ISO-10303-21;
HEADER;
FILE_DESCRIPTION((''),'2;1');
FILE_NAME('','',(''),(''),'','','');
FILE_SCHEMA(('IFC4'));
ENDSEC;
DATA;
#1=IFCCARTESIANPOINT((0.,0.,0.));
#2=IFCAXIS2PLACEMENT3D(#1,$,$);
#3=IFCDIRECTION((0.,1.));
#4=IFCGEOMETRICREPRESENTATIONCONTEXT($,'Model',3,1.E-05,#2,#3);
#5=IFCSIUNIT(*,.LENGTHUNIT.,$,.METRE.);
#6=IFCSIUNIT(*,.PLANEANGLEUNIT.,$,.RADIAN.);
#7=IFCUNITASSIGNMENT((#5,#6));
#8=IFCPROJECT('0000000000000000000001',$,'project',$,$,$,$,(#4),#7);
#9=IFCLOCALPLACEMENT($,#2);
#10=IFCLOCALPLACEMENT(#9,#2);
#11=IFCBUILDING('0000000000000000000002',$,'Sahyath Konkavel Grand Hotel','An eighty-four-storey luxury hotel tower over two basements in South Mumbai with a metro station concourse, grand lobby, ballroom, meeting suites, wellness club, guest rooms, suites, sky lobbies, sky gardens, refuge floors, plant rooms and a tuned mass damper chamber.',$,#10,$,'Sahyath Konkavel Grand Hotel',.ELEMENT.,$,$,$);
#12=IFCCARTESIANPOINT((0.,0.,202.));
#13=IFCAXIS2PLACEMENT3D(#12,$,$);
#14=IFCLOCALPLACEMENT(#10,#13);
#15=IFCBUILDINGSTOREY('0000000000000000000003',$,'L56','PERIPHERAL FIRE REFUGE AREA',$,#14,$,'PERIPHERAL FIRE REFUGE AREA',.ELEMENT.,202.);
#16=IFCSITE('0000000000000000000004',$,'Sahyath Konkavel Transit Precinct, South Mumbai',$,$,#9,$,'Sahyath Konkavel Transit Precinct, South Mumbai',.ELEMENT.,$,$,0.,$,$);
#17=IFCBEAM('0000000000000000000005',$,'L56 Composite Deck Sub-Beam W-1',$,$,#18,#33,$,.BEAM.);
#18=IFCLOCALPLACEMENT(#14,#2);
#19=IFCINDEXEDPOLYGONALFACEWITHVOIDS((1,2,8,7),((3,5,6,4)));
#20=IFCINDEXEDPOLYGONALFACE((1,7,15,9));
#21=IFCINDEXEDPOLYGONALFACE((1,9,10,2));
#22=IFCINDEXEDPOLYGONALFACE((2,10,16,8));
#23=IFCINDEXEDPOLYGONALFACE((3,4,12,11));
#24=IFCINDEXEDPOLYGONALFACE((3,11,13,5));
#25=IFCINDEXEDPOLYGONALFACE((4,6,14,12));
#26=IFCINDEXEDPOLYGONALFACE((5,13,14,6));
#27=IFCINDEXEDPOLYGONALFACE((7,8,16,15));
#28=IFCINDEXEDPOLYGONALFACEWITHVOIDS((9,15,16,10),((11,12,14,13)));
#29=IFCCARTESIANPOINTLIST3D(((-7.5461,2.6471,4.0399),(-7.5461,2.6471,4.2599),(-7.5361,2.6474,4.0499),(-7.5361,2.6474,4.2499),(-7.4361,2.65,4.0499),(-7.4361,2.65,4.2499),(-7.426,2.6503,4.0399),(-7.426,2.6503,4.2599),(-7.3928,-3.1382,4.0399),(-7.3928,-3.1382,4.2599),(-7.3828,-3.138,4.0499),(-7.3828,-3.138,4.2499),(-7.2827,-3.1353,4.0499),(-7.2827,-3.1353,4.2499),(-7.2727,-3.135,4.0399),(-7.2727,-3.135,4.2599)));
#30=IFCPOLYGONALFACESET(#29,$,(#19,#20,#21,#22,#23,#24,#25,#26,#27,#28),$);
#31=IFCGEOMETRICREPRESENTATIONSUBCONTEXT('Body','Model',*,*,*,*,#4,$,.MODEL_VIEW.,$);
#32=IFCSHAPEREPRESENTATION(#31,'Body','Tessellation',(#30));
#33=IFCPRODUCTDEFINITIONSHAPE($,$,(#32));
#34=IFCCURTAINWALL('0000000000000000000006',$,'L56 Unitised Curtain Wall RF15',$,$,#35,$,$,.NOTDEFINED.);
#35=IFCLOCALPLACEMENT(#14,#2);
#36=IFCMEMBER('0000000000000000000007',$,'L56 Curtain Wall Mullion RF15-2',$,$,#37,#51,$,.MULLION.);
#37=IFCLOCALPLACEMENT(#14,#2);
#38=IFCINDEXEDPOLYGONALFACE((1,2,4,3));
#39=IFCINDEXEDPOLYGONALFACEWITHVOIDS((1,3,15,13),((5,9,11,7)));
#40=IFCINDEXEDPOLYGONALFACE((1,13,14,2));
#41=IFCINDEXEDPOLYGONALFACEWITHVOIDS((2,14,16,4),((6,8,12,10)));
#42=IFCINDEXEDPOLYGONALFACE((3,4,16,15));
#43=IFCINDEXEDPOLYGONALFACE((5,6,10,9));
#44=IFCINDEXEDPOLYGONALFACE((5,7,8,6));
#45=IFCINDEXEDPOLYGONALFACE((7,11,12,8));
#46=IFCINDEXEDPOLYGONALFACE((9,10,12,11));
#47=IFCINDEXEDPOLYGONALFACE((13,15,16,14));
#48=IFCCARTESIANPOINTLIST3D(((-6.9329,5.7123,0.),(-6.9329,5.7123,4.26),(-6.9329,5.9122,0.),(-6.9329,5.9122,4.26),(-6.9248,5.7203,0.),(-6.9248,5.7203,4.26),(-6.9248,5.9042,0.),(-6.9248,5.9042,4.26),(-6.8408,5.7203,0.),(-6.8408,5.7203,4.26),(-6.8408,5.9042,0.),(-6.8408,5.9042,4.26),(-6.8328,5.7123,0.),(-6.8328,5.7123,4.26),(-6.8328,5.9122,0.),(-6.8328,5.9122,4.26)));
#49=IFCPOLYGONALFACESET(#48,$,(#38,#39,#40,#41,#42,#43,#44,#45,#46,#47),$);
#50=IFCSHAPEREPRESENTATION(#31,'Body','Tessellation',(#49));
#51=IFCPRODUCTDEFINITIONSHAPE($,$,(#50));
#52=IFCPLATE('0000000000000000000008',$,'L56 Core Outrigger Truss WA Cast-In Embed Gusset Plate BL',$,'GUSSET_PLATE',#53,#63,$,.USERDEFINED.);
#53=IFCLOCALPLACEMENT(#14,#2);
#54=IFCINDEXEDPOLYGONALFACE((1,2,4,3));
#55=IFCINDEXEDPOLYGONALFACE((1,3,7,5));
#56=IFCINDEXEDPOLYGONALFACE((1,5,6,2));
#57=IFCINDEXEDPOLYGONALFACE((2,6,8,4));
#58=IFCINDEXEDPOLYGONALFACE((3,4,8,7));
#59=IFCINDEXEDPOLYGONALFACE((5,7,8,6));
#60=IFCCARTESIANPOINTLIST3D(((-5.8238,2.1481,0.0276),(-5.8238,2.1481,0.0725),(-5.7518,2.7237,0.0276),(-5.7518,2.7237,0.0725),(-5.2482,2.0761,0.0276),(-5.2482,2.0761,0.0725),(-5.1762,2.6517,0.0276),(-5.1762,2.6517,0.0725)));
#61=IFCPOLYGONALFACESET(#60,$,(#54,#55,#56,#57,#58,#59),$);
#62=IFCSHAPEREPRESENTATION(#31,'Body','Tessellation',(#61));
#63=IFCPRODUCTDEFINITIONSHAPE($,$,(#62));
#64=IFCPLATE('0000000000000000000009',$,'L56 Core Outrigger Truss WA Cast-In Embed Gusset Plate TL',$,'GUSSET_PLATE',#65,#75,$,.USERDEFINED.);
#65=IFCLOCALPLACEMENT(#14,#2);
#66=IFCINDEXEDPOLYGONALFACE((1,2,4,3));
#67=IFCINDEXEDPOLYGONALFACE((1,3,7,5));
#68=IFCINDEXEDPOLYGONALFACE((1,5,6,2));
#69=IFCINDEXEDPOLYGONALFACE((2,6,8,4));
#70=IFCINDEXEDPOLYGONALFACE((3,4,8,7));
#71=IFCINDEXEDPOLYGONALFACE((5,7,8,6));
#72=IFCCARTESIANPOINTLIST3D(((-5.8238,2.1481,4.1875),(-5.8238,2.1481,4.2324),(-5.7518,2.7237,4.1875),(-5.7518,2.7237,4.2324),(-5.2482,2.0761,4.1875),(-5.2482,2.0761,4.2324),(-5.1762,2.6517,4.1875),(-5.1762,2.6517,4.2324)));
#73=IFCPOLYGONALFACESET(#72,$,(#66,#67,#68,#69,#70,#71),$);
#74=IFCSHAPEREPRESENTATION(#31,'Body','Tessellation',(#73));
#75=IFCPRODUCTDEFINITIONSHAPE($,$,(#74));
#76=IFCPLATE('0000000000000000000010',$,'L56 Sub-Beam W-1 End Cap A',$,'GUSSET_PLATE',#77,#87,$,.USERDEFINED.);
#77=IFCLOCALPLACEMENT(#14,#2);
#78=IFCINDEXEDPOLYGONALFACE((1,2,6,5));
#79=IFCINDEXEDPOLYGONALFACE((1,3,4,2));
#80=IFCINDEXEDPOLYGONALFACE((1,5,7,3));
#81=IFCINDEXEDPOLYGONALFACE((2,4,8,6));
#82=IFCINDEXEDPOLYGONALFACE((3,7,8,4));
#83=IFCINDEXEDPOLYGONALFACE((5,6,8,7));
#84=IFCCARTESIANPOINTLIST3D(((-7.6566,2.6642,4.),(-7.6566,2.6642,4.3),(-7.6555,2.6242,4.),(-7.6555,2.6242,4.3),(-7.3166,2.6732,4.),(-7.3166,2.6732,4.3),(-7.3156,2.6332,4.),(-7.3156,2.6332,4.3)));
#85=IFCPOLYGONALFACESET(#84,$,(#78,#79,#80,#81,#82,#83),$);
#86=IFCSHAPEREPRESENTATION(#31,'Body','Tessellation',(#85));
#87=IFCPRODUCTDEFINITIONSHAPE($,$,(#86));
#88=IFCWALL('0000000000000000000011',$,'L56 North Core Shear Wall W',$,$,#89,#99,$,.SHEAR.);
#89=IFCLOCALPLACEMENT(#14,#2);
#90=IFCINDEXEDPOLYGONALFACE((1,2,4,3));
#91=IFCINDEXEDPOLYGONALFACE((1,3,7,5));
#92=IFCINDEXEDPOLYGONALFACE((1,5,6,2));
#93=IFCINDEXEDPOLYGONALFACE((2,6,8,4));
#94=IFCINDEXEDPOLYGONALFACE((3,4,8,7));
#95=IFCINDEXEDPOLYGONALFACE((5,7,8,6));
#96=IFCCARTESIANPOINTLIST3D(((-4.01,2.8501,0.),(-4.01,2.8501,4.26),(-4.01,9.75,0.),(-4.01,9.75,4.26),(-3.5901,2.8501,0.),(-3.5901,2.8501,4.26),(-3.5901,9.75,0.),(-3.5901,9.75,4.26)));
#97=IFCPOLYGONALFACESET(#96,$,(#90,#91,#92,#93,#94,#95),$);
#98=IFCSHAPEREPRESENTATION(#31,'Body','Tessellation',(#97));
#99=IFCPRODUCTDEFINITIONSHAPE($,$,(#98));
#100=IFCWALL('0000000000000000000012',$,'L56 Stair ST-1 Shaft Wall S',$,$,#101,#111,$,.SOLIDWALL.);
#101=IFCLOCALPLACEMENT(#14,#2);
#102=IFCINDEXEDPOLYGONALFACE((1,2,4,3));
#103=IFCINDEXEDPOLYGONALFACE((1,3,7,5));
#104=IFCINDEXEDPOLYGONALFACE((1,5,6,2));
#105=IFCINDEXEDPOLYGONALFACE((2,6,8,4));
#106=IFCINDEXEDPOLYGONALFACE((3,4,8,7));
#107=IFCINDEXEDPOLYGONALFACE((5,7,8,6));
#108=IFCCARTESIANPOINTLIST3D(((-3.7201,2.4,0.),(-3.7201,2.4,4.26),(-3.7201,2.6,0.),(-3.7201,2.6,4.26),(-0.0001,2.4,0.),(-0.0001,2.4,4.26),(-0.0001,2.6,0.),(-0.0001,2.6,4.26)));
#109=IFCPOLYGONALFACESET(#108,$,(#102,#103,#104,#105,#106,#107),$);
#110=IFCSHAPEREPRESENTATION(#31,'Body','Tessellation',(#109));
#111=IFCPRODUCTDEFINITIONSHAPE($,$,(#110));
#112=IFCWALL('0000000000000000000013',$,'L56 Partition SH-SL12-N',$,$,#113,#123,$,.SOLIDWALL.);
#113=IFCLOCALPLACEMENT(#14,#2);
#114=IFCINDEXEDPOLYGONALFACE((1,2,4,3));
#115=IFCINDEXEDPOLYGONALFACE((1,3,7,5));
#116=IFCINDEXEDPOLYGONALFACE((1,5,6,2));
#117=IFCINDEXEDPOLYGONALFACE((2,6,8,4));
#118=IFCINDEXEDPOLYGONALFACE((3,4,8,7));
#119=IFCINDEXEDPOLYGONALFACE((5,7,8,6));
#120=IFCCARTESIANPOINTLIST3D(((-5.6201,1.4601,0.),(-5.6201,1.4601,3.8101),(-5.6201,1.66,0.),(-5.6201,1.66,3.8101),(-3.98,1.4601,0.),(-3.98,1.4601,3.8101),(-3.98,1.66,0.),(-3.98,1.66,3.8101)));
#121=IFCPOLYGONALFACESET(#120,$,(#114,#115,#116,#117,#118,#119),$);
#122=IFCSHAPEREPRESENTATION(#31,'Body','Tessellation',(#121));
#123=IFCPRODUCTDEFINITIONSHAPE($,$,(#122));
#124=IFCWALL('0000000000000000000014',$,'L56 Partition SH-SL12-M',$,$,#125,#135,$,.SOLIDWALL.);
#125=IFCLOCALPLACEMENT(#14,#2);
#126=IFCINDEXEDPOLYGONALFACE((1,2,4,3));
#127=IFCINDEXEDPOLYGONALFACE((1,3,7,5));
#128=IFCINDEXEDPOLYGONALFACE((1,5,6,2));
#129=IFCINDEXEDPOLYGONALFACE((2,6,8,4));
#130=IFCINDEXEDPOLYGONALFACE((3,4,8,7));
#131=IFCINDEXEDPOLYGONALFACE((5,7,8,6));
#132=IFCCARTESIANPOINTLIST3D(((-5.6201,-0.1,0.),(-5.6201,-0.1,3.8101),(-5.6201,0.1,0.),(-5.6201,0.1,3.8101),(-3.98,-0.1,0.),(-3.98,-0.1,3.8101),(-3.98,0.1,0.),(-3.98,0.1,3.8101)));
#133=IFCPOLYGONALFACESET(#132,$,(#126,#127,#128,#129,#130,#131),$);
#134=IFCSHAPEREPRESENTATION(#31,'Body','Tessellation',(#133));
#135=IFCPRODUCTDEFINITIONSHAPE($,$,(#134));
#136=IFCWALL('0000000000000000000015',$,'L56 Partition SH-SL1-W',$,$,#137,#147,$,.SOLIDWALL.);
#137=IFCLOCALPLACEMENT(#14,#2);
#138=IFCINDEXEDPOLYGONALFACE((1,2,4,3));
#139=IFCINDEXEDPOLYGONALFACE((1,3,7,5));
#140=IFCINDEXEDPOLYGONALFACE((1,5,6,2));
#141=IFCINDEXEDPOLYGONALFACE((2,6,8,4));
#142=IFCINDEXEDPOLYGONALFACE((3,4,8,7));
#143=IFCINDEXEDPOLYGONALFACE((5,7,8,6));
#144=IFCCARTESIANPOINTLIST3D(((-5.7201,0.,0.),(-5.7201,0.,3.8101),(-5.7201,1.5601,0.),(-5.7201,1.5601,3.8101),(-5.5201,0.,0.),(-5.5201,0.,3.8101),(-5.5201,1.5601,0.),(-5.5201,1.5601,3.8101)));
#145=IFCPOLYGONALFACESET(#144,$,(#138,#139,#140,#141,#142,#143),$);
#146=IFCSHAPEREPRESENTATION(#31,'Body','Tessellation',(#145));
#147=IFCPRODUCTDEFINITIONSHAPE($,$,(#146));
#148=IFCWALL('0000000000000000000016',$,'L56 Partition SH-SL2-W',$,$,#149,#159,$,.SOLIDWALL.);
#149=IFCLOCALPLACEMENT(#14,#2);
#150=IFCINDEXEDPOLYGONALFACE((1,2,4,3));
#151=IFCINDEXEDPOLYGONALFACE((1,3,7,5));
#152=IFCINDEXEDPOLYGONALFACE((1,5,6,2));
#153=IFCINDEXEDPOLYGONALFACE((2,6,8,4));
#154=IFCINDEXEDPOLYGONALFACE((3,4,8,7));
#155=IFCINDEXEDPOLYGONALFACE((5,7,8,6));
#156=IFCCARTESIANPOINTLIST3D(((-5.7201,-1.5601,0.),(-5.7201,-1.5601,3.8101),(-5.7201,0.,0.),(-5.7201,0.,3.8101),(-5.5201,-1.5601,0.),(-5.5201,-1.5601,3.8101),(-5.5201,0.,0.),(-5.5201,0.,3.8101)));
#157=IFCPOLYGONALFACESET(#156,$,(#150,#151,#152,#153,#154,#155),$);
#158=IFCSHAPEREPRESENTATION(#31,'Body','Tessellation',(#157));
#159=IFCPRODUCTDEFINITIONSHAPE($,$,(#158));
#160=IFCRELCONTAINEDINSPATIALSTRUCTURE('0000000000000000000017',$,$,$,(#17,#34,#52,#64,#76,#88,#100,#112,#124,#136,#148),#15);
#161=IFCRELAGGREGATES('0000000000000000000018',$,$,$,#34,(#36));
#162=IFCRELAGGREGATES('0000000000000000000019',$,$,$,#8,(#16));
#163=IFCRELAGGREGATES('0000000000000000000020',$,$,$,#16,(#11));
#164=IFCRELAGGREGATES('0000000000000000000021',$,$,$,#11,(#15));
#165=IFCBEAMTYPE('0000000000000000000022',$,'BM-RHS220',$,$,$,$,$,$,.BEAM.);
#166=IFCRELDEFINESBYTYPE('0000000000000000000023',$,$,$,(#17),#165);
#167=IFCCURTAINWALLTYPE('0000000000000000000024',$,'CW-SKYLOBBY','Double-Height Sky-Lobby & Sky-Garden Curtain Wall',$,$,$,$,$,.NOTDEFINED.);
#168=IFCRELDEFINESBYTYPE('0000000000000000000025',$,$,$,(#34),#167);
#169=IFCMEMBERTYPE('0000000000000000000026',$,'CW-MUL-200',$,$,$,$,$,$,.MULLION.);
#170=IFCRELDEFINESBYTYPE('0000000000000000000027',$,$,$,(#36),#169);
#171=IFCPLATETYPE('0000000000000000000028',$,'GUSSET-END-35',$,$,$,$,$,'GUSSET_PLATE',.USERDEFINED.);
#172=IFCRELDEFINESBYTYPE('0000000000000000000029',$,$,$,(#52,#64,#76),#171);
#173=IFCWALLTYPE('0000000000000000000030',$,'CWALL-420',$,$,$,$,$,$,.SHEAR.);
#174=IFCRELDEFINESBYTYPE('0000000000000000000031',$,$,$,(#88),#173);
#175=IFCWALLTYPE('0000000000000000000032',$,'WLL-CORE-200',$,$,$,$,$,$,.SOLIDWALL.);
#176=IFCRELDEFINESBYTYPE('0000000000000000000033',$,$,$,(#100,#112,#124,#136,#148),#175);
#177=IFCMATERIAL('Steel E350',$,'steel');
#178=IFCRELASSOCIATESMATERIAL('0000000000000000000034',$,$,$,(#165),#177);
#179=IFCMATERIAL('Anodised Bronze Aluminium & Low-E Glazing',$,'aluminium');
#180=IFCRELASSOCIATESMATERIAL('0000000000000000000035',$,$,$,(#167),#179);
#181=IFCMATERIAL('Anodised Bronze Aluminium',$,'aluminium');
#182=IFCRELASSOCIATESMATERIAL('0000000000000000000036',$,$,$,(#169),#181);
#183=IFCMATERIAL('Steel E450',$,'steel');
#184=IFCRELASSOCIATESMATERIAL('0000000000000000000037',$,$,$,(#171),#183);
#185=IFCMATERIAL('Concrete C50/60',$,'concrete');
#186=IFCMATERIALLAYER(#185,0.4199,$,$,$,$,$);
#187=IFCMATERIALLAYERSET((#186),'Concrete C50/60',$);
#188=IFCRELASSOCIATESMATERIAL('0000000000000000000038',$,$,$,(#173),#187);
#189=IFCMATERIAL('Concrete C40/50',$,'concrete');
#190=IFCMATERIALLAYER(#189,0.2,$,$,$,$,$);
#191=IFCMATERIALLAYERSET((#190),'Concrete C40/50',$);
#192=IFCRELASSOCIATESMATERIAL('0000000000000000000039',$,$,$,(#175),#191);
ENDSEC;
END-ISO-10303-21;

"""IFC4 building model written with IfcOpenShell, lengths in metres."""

from ifc_helpers import new_model, si_unit, direction, frame, frame_2d, origin, origin_2d, place, context, subcontext, project, spatial, rectangle, hollow_rectangle, extrude, source, transform, mapped, material, layer, layer_set, material_profile, profile_set, type_object, element, aggregate, save


model = new_model("IFC4")

# Units and contexts
model_context = context("Model", 3, precision=1e-05, world=origin(), true_north=direction((0.0, 1.0)))
body_context = subcontext(model_context, "Body", "Model", "MODEL_VIEW")
ifc_project = project(units=[si_unit("LENGTHUNIT", "METRE"), si_unit("PLANEANGLEUNIT", "RADIAN")], contexts=[model_context])

# Site, building, storey
site_placement = place(None, origin())
site = spatial("IfcSite", under=ifc_project, at=site_placement, Name="Sahyath Konkavel Transit Precinct, South Mumbai", LongName="Sahyath Konkavel Transit Precinct, South Mumbai", CompositionType="ELEMENT", RefElevation=0.0)
building_placement = place(site_placement, origin())
building = spatial("IfcBuilding", under=site, at=building_placement, Name="Sahyath Konkavel Grand Hotel", Description="An eighty-four-storey luxury hotel tower over two basements in South Mumbai with a metro station concourse, grand lobby, ballroom, meeting suites, wellness club, guest rooms, suites, sky lobbies, sky gardens, refuge floors, plant rooms and a tuned mass damper chamber.", LongName="Sahyath Konkavel Grand Hotel", CompositionType="ELEMENT")
storey_placement = place(building_placement, frame((0.0, 0.0, 202.0)))
storey = spatial("IfcBuildingStorey", under=building, at=storey_placement, Name="L56", Description="PERIPHERAL FIRE REFUGE AREA", LongName="PERIPHERAL FIRE REFUGE AREA", CompositionType="ELEMENT", Elevation=202.0)

# Shared definitions
ifc_material_1 = material(Name="Concrete C50/60", Category="concrete")

# Shared definitions
ifc_material_2 = material(Name="Steel E350", Category="steel")
ifc_material_3 = material(Name="Steel E450", Category="steel")

# Beam
ifc_material_profile_1 = material_profile(ifc_material_2, hollow_rectangle(XDim=0.1201, YDim=0.22, WallThickness=0.01, at=origin_2d()), Name="RHS 220x120x10")
ifc_profile_set_1 = profile_set([ifc_material_profile_1], Name="Steel E350")
beam_type_1 = type_object("IfcBeamType", Name="BM-RHS220", PredefinedType="BEAM", material=ifc_profile_set_1)
shared_shape_1 = source(origin(), body_context, "Body", "SweptSolid", [
    extrude(hollow_rectangle(XDim=0.1201, YDim=0.22, WallThickness=0.01, at=origin_2d()), origin(), (0.0, 0.0, 1.0), 5.7874),
])
beam_1_placement = place(storey_placement, frame((-7.4861, 2.6487, 4.1499), z_axis=(0.026492, -0.999649, 0.0), x_axis=(0.999649, 0.026492, 0.0)))
element("IfcBeam", 1, at=beam_1_placement, inside=storey, type_object=beam_type_1, Name="L56 Composite Deck Sub-Beam W-1", PredefinedType="BEAM", context=body_context, shape_type="MappedRepresentation", body=[
    mapped(shared_shape_1, transform((0.0, 0.0, 0.0), scale=1.0)),
])

# Curtain wall, member
ifc_material_4 = material(Name="Anodised Bronze Aluminium & Low-E Glazing", Category="aluminium")
curtain_wall_type = type_object("IfcCurtainWallType", Name="CW-SKYLOBBY", Description="Double-Height Sky-Lobby & Sky-Garden Curtain Wall", PredefinedType="NOTDEFINED", material=ifc_material_4)
curtain_wall_placement = place(storey_placement, origin())
curtain_wall = element("IfcCurtainWall", 2, at=curtain_wall_placement, inside=storey, type_object=curtain_wall_type, Name="L56 Unitised Curtain Wall RF15", PredefinedType="NOTDEFINED")
ifc_material_5 = material(Name="Anodised Bronze Aluminium", Category="aluminium")
ifc_material_profile_2 = material_profile(ifc_material_5, hollow_rectangle(XDim=0.1001, YDim=0.2, WallThickness=0.0081, at=origin_2d()), Name="RHS 200x100x8")
ifc_profile_set_2 = profile_set([ifc_material_profile_2], Name="Anodised Bronze Aluminium")
member_type_1 = type_object("IfcMemberType", Name="CW-MUL-200", PredefinedType="MULLION", material=ifc_profile_set_2)
shared_shape_2 = source(origin(), body_context, "Body", "SweptSolid", [
    extrude(hollow_rectangle(XDim=0.1001, YDim=0.2, WallThickness=0.0081, at=origin_2d()), origin(), (0.0, 0.0, 1.0), 4.26),
])
member_1_placement = place(storey_placement, frame((-6.8828, 5.8123, 0.0), z_axis=(0.0, 0.0, 1.0), x_axis=(1.0, 0.0, 0.0)))
member_1 = element("IfcMember", 3, at=member_1_placement, type_object=member_type_1, Name="L56 Curtain Wall Mullion RF15-2", PredefinedType="MULLION", context=body_context, shape_type="MappedRepresentation", body=[
    mapped(shared_shape_2, transform((0.0, 0.0, 0.0), scale=1.0)),
])
aggregate(curtain_wall, [member_1])

# Plates
plate_type = type_object("IfcPlateType", Name="GUSSET-END-35", ElementType="GUSSET_PLATE", PredefinedType="USERDEFINED", material=ifc_material_3)
shared_shape_3 = source(origin(), body_context, "Body", "SweptSolid", [
    extrude(rectangle(XDim=0.5801, YDim=0.5801, at=origin_2d()), origin(), (0.0, 0.0, 1.0), 0.0449),
])
for number, where, z_axis, x_axis, name in (
    (4, (-5.5, 2.3999, 0.0276), (0.0, 0.0, 1.0), (-0.992256, 0.124208, 0.0), "L56 Core Outrigger Truss WA Cast-In Embed Gusset Plate BL"),
    (5, (-5.5, 2.3999, 4.1875), (0.0, 0.0, 1.0), (-0.992256, 0.124208, 0.0), "L56 Core Outrigger Truss WA Cast-In Embed Gusset Plate TL"),
):
    element("IfcPlate", number, at=place(storey_placement, frame(where, z_axis=z_axis, x_axis=x_axis)), inside=storey, type_object=plate_type, Name=name, ObjectType="GUSSET_PLATE", PredefinedType="USERDEFINED", context=body_context, shape_type="MappedRepresentation", body=[
        mapped(shared_shape_3, transform((0.0, 0.0, 0.0), scale=1.0)),
    ])
shared_shape_4 = source(origin(), body_context, "Body", "SweptSolid", [
    extrude(rectangle(XDim=0.04, YDim=0.3401, at=origin_2d()), origin(), (0.0, 0.0, 1.0), 0.3),
])
plate_placement = place(storey_placement, frame((-7.4861, 2.6487, 4.0), z_axis=(0.0, 0.0, 1.0), x_axis=(0.026491, -0.999649, 0.0)))
element("IfcPlate", 6, at=plate_placement, inside=storey, type_object=plate_type, Name="L56 Sub-Beam W-1 End Cap A", ObjectType="GUSSET_PLATE", PredefinedType="USERDEFINED", context=body_context, shape_type="MappedRepresentation", body=[
    mapped(shared_shape_4, transform((0.0, 0.0, 0.0), scale=1.0)),
])

# Walls
ifc_layer_1 = layer(ifc_material_1, 0.4199)
ifc_layer_set_1 = layer_set([ifc_layer_1], Name="Concrete C50/60")
wall_type_1 = type_object("IfcWallType", Name="CWALL-420", PredefinedType="SHEAR", material=ifc_layer_set_1)
wall_1_placement = place(storey_placement, frame((-3.8, 2.8501, 0.0), z_axis=(0.0, 0.0, 1.0), x_axis=(0.0, 1.0, 0.0)))
element("IfcWall", 7, at=wall_1_placement, inside=storey, type_object=wall_type_1, Name="L56 North Core Shear Wall W", PredefinedType="SHEAR", context=body_context, shape_type="SweptSolid", body=[
    extrude(rectangle(XDim=6.8999, YDim=0.4199, at=frame_2d((3.45, 0.0))), origin(), (0.0, 0.0, 1.0), 4.26),
])
ifc_material_6 = material(Name="Concrete C40/50", Category="concrete")
ifc_layer_2 = layer(ifc_material_6, 0.2)
ifc_layer_set_2 = layer_set([ifc_layer_2], Name="Concrete C40/50")
wall_type_2 = type_object("IfcWallType", Name="WLL-CORE-200", PredefinedType="SOLIDWALL", material=ifc_layer_set_2)
wall_2_placement = place(storey_placement, frame((-3.72, 2.5, 0.0), z_axis=(0.0, 0.0, 1.0), x_axis=(1.0, 0.0, 0.0)))
element("IfcWall", 8, at=wall_2_placement, inside=storey, type_object=wall_type_2, Name="L56 Stair ST-1 Shaft Wall S", PredefinedType="SOLIDWALL", context=body_context, shape_type="SweptSolid", body=[
    extrude(rectangle(XDim=3.72, YDim=0.2, at=frame_2d((1.8599, 0.0))), origin(), (0.0, 0.0, 1.0), 4.26),
])
for number, where, z_axis, x_axis, name in (
    (9, (-5.6201, 1.5601, 0.0), (0.0, 0.0, 1.0), (1.0, 0.0, 0.0), "L56 Partition SH-SL12-N"),
    (10, (-5.6201, 0.0, 0.0), (0.0, 0.0, 1.0), (1.0, 0.0, 0.0), "L56 Partition SH-SL12-M"),
):
    element("IfcWall", number, at=place(storey_placement, frame(where, z_axis=z_axis, x_axis=x_axis)), inside=storey, type_object=wall_type_2, Name=name, PredefinedType="SOLIDWALL", context=body_context, shape_type="SweptSolid", body=[
        extrude(rectangle(XDim=1.6401, YDim=0.2, at=frame_2d((0.8201, 0.0))), origin(), (0.0, 0.0, 1.0), 3.8101),
    ])
for number, where, z_axis, x_axis, name in (
    (11, (-5.6201, 0.0, 0.0), (0.0, 0.0, 1.0), (0.0, 1.0, 0.0), "L56 Partition SH-SL1-W"),
    (12, (-5.6201, -1.5601, 0.0), (0.0, 0.0, 1.0), (0.0, 1.0, 0.0), "L56 Partition SH-SL2-W"),
):
    element("IfcWall", number, at=place(storey_placement, frame(where, z_axis=z_axis, x_axis=x_axis)), inside=storey, type_object=wall_type_2, Name=name, PredefinedType="SOLIDWALL", context=body_context, shape_type="SweptSolid", body=[
        extrude(rectangle(XDim=1.5601, YDim=0.2, at=frame_2d((0.78, 0.0))), origin(), (0.0, 0.0, 1.0), 3.8101),
    ])

save(model, "model.ifc")
